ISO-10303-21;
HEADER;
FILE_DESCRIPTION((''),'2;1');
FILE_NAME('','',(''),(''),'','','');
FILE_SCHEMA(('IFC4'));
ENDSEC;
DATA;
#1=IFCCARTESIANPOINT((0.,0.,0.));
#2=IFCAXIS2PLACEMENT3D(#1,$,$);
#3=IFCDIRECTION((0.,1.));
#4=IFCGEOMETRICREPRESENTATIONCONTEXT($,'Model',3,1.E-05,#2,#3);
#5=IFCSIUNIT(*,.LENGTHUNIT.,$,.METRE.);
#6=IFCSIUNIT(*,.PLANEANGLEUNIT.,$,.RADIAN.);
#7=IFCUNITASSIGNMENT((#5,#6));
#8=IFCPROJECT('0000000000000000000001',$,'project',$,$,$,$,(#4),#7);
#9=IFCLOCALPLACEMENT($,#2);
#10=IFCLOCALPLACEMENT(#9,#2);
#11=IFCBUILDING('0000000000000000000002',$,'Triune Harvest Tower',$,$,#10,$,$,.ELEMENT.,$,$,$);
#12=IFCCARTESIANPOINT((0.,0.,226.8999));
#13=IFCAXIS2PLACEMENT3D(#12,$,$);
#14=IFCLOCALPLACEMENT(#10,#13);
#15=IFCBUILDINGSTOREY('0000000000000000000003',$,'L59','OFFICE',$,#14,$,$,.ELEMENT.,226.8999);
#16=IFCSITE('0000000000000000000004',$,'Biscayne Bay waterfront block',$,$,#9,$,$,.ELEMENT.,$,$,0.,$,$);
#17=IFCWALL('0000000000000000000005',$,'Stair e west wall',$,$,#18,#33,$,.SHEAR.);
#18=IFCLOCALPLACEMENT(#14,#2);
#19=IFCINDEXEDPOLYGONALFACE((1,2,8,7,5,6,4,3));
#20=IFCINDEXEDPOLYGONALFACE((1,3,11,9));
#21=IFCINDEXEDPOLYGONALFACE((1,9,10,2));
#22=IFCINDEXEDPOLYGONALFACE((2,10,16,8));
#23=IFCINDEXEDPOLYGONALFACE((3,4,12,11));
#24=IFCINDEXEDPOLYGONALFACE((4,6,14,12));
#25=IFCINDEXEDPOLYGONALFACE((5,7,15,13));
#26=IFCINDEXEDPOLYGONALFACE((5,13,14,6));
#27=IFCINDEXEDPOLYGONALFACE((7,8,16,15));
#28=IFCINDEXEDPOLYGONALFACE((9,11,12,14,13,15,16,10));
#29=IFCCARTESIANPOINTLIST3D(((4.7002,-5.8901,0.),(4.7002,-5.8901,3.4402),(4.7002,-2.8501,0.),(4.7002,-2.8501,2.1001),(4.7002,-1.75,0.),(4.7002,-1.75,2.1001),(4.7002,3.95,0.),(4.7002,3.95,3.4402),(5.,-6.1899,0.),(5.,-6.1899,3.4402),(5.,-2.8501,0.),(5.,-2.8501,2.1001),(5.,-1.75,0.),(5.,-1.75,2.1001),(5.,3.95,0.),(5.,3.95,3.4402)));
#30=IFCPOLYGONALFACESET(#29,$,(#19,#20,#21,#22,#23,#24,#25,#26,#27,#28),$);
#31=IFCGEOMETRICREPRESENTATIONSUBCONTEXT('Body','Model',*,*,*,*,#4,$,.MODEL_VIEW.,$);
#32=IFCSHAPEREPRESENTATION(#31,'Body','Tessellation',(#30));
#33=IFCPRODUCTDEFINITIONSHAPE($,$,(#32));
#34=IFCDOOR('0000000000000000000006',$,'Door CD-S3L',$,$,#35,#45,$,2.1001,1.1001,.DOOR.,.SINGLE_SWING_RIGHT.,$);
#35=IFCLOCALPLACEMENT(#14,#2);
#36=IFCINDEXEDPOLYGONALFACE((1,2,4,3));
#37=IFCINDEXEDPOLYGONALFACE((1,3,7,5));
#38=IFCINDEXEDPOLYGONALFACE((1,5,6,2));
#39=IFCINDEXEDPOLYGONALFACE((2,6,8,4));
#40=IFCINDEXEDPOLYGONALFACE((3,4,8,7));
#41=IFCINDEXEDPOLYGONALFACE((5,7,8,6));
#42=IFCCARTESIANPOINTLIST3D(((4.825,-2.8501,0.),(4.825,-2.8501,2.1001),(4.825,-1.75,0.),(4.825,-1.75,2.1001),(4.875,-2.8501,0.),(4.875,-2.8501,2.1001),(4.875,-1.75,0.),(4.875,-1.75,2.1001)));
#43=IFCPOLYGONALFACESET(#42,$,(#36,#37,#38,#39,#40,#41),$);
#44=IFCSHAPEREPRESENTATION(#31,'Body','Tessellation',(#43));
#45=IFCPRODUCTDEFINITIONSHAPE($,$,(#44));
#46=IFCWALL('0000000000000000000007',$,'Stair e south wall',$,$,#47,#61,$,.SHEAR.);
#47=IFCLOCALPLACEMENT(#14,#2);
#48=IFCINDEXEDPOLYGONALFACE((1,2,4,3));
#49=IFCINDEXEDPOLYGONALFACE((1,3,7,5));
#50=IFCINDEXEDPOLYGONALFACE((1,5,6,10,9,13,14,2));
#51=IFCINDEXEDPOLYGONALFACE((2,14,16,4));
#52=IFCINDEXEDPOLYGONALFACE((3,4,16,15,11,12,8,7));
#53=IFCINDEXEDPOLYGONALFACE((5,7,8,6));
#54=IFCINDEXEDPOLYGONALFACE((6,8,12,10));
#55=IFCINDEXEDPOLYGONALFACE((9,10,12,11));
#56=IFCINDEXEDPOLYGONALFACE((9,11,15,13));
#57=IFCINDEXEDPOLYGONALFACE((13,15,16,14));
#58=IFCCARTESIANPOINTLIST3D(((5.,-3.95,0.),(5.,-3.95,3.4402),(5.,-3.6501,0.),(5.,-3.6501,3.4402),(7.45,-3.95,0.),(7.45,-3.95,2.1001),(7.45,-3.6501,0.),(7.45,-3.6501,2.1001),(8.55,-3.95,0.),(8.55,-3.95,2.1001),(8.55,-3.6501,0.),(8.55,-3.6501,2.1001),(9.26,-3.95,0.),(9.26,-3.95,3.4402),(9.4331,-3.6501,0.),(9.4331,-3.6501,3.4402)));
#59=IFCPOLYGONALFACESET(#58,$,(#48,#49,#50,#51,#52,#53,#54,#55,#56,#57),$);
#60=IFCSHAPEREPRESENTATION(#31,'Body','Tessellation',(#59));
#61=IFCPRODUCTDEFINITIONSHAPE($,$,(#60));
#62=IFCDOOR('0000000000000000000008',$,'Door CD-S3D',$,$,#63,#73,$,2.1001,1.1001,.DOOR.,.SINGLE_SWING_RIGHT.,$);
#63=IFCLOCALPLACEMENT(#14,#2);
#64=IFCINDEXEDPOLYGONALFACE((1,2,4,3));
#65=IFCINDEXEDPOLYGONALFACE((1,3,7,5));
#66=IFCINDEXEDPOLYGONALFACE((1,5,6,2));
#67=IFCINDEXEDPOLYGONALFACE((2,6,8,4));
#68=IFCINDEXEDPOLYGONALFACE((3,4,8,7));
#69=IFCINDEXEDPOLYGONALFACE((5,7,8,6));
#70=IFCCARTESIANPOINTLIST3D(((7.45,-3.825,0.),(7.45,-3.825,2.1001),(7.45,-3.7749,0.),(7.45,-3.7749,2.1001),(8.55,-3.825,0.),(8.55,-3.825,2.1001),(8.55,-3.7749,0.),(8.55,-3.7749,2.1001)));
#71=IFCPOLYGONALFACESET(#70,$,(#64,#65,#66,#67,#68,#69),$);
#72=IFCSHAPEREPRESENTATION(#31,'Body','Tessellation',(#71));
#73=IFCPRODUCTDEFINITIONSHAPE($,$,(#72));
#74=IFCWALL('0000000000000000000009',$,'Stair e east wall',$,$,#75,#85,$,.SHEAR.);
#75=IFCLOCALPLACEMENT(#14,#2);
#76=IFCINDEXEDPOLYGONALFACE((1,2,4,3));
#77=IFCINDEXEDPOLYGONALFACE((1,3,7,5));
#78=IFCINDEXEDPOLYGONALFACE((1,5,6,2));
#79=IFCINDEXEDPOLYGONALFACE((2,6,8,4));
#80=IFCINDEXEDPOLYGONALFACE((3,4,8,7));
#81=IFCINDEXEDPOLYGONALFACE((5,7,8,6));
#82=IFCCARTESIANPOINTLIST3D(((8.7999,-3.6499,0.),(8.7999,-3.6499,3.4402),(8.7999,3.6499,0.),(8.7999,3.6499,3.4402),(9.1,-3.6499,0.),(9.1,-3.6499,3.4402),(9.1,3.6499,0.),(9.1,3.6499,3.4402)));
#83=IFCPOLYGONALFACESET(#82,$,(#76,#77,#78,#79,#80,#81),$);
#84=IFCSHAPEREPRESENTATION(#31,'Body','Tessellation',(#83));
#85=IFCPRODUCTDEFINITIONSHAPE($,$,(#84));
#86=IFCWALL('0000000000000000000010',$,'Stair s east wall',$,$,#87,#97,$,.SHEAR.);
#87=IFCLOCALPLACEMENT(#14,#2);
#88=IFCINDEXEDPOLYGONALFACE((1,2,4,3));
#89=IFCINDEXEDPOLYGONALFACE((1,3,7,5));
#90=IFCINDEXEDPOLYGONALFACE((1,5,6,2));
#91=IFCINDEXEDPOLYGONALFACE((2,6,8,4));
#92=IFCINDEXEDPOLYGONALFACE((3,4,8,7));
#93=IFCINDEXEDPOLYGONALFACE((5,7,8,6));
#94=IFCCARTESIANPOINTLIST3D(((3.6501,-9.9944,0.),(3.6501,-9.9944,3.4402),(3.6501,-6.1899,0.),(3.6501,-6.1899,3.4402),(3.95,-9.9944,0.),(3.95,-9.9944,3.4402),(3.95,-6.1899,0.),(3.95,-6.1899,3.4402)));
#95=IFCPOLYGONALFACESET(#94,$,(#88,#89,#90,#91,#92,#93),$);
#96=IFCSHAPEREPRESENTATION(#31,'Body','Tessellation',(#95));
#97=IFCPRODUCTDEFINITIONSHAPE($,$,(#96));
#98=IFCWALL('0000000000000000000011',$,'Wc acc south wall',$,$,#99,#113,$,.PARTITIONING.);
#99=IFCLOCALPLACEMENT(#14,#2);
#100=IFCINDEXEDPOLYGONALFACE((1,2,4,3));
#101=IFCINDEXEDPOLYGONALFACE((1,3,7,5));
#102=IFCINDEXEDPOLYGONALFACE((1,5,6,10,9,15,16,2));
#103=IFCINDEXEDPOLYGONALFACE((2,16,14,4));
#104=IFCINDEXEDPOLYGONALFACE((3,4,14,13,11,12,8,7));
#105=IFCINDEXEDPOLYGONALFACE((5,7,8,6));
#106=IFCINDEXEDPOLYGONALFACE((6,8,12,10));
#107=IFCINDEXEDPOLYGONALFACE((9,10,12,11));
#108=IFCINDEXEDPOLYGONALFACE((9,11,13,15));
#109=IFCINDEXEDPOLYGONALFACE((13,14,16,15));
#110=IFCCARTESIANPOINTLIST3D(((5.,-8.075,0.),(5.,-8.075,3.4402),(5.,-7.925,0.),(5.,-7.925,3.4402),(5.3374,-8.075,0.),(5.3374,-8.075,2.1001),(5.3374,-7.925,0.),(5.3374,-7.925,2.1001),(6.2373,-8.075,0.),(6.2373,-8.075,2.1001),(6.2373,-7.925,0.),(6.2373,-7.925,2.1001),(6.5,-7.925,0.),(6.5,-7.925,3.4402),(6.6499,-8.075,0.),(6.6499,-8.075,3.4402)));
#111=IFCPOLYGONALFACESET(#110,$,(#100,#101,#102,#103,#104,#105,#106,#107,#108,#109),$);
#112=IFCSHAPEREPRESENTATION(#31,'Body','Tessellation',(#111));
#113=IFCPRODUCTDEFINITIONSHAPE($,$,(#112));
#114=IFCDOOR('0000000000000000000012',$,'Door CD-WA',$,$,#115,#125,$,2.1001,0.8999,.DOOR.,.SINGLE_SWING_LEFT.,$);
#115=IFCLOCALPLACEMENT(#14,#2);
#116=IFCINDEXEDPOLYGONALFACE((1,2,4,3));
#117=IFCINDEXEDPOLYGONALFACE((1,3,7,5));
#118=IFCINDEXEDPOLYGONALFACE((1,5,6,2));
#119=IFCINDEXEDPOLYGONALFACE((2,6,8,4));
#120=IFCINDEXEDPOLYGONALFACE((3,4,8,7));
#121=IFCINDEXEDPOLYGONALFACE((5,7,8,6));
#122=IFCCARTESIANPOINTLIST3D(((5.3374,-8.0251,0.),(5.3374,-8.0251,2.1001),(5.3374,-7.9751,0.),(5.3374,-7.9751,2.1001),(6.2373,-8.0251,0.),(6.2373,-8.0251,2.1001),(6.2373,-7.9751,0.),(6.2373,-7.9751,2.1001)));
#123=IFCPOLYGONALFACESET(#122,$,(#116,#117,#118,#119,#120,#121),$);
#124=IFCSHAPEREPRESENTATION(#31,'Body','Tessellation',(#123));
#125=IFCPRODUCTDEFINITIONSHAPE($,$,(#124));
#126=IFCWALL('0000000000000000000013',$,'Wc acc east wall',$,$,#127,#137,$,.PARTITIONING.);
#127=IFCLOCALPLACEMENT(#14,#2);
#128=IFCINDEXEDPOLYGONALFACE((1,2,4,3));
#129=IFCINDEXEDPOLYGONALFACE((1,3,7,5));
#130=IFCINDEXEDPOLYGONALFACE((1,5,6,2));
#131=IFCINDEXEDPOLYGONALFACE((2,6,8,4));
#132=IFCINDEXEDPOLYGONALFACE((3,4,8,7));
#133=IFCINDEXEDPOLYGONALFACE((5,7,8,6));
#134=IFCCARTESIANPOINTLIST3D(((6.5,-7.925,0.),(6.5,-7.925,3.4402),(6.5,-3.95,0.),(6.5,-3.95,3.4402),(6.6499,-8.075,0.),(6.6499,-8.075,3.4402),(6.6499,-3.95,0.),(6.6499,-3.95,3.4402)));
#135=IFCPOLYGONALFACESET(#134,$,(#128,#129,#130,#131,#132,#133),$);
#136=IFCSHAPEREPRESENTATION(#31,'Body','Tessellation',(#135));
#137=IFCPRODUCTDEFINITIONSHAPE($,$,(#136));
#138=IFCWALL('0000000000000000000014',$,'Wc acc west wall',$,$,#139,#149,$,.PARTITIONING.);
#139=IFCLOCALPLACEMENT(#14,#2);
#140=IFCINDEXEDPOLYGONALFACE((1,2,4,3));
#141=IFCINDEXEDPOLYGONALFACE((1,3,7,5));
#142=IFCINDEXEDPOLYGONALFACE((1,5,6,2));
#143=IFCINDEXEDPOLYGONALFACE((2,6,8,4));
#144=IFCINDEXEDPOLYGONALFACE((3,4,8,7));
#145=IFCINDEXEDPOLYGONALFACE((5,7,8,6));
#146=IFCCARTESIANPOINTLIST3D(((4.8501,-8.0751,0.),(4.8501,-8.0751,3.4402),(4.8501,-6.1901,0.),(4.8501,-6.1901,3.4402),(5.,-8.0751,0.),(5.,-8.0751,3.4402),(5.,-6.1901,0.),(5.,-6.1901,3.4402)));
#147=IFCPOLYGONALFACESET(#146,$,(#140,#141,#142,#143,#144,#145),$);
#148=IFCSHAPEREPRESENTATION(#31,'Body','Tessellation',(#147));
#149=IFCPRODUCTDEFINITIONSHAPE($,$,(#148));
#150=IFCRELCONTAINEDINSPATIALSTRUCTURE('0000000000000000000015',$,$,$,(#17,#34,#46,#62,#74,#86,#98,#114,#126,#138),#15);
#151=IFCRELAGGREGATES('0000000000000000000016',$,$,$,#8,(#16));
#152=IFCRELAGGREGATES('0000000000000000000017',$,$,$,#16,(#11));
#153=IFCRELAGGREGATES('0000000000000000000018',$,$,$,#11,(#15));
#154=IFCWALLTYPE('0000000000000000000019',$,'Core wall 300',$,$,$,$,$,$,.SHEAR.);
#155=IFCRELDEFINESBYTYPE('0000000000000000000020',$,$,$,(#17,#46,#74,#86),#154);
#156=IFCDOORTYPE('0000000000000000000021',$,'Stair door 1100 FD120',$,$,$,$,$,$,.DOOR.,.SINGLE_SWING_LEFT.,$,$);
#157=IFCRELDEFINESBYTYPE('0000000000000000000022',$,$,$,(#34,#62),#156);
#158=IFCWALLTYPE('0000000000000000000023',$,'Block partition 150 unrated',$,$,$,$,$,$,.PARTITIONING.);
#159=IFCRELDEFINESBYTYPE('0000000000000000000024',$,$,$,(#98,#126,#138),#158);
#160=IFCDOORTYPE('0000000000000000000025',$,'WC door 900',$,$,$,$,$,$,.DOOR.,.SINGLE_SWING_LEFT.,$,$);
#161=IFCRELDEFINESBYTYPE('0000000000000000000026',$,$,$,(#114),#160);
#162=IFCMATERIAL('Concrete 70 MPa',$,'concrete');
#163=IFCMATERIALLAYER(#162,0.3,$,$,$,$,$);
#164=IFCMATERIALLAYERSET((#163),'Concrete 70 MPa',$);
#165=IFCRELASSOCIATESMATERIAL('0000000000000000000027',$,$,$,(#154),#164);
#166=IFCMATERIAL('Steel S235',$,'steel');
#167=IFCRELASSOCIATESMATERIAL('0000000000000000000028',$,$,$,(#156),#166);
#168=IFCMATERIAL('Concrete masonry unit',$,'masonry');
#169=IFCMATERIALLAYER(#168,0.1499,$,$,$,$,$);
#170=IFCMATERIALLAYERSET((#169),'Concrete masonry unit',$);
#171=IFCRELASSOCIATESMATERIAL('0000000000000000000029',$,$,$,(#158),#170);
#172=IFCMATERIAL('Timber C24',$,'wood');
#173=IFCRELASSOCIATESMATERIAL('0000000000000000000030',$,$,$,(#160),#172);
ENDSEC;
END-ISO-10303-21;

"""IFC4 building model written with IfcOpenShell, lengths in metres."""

from ifc_helpers import new_model, si_unit, direction, frame, frame_2d, origin, place, context, subcontext, project, spatial, polyline, rectangle, outline, extrude, source, transform, mapped, material, layer, layer_set, type_object, element, fill, save


model = new_model("IFC4")

# Units and contexts
model_context = context("Model", 3, precision=1e-05, world=origin(), true_north=direction((0.0, 1.0)))
body_context = subcontext(model_context, "Body", "Model", "MODEL_VIEW")
ifc_project = project(units=[si_unit("LENGTHUNIT", "METRE"), si_unit("PLANEANGLEUNIT", "RADIAN")], contexts=[model_context])

# Site, building, storey
site_placement = place(None, origin())
site = spatial("IfcSite", under=ifc_project, at=site_placement, Name="Biscayne Bay waterfront block", CompositionType="ELEMENT", RefElevation=0.0)
building_placement = place(site_placement, origin())
building = spatial("IfcBuilding", under=site, at=building_placement, Name="Triune Harvest Tower", CompositionType="ELEMENT")
storey_placement = place(building_placement, frame((0.0, 0.0, 226.8999)))
storey = spatial("IfcBuildingStorey", under=building, at=storey_placement, Name="L59", Description="OFFICE", CompositionType="ELEMENT", Elevation=226.8999)

# Shared definitions
ifc_material_1 = material(Name="Concrete 70 MPa", Category="concrete")
ifc_layer_1 = layer(ifc_material_1, 0.3)
ifc_layer_set_1 = layer_set([ifc_layer_1], Name="Concrete 70 MPa")
wall_type_1 = type_object("IfcWallType", Name="Core wall 300", PredefinedType="SHEAR", material=ifc_layer_set_1)

# Walls, openings, doors
shared_shape_1 = source(origin(), body_context, "Body", "SweptSolid", [
    extrude(outline(polyline([(-0.1499, -0.1499), (9.99, -0.1499), (9.99, 0.1499), (0.1499, 0.1499), (-0.1499, -0.1499)])), origin(), (0.0, 0.0, 1.0), 3.4402),
])
wall_1_placement = place(storey_placement, frame((4.8501, -6.04, 0.0), z_axis=(0.0, 0.0, 1.0), x_axis=(0.0, 1.0, 0.0)))
wall_1 = element("IfcWall", 1, at=wall_1_placement, inside=storey, type_object=wall_type_1, Name="Stair e west wall", PredefinedType="SHEAR", context=body_context, shape_type="MappedRepresentation", body=[
    mapped(shared_shape_1, transform((0.0, 0.0, 0.0), scale=1.0)),
])
opening_1_placement = place(wall_1_placement, frame((3.1899, 0.0, 0.0)))
opening_1 = element("IfcOpeningElement", 2, at=opening_1_placement, cuts=wall_1, PredefinedType="OPENING", context=body_context, shape_type="SweptSolid", body=[
    extrude(rectangle(XDim=1.1001, YDim=2.1001, at=frame_2d((0.55, 1.05))), frame((0.0, 0.1602, 0.0), z_axis=(0.0, -1.0, 0.0), x_axis=(1.0, 0.0, 0.0)), (0.0, 0.0, 1.0), 0.3201),
])
ifc_material_2 = material(Name="Steel S235", Category="steel")
door_type_1 = type_object("IfcDoorType", Name="Stair door 1100 FD120", OperationType="SINGLE_SWING_LEFT", PredefinedType="DOOR", material=ifc_material_2)
door_1_placement = place(opening_1_placement, frame((1.1001, 0.0, 0.0), z_axis=(0.0, 0.0, 1.0), x_axis=(-1.0, 0.0, 0.0)))
door_1 = element("IfcDoor", 3, at=door_1_placement, inside=storey, type_object=door_type_1, Name="Door CD-S3L", OperationType="SINGLE_SWING_RIGHT", OverallHeight=2.1001, OverallWidth=1.1001, PredefinedType="DOOR", context=body_context, shape_type="SweptSolid", body=[
    extrude(rectangle(XDim=1.1001, YDim=2.1001, at=frame_2d((0.55, 1.05))), frame((0.0, 0.0249, 0.0), z_axis=(0.0, -1.0, 0.0), x_axis=(1.0, 0.0, 0.0)), (0.0, 0.0, 1.0), 0.05),
])
fill(opening_1, door_1)
shared_shape_2 = source(origin(), body_context, "Body", "SweptSolid", [
    extrude(outline(polyline([(0.0, -0.1499), (0.0, 0.1499), (4.4331, 0.1499), (4.26, -0.1499), (0.0, -0.1499)])), origin(), (0.0, 0.0, 1.0), 3.4402),
])
wall_2_placement = place(storey_placement, frame((5.0, -3.8, 0.0), z_axis=(0.0, 0.0, 1.0), x_axis=(1.0, 0.0, 0.0)))
wall_2 = element("IfcWall", 4, at=wall_2_placement, inside=storey, type_object=wall_type_1, Name="Stair e south wall", PredefinedType="SHEAR", context=body_context, shape_type="MappedRepresentation", body=[
    mapped(shared_shape_2, transform((0.0, 0.0, 0.0), scale=1.0)),
])
opening_2_placement = place(wall_2_placement, frame((2.45, 0.0, 0.0)))
opening_2 = element("IfcOpeningElement", 5, at=opening_2_placement, cuts=wall_2, PredefinedType="OPENING", context=body_context, shape_type="SweptSolid", body=[
    extrude(rectangle(XDim=1.1001, YDim=2.1001, at=frame_2d((0.55, 1.05))), frame((0.0, 0.1602, 0.0), z_axis=(0.0, -1.0, 0.0), x_axis=(1.0, 0.0, 0.0)), (0.0, 0.0, 1.0), 0.3201),
])
door_2_placement = place(opening_2_placement, frame((1.1001, 0.0, 0.0), z_axis=(0.0, 0.0, 1.0), x_axis=(-1.0, 0.0, 0.0)))
door_2 = element("IfcDoor", 6, at=door_2_placement, inside=storey, type_object=door_type_1, Name="Door CD-S3D", OperationType="SINGLE_SWING_RIGHT", OverallHeight=2.1001, OverallWidth=1.1001, PredefinedType="DOOR", context=body_context, shape_type="SweptSolid", body=[
    extrude(rectangle(XDim=1.1001, YDim=2.1001, at=frame_2d((0.55, 1.05))), frame((0.0, 0.0249, 0.0), z_axis=(0.0, -1.0, 0.0), x_axis=(1.0, 0.0, 0.0)), (0.0, 0.0, 1.0), 0.05),
])
fill(opening_2, door_2)

# Walls
shared_shape_3 = source(origin(), body_context, "Body", "SweptSolid", [
    extrude(rectangle(XDim=7.2998, YDim=0.3, at=frame_2d((3.6499, 0.0))), origin(), (0.0, 0.0, 1.0), 3.4402),
])
wall_3_placement = place(storey_placement, frame((8.95, -3.6499, 0.0), z_axis=(0.0, 0.0, 1.0), x_axis=(0.0, 1.0, 0.0)))
element("IfcWall", 7, at=wall_3_placement, inside=storey, type_object=wall_type_1, Name="Stair e east wall", PredefinedType="SHEAR", context=body_context, shape_type="MappedRepresentation", body=[
    mapped(shared_shape_3, transform((0.0, 0.0, 0.0), scale=1.0)),
])
shared_shape_4 = source(origin(), body_context, "Body", "SweptSolid", [
    extrude(outline(polyline([(3.8, -0.1499), (-0.0044, -0.1499), (-0.0044, 0.1499), (3.8, 0.1499), (3.8, -0.1499)])), origin(), (0.0, 0.0, 1.0), 3.4402),
])
wall_4_placement = place(storey_placement, frame((3.8, -9.99, 0.0), z_axis=(0.0, 0.0, 1.0), x_axis=(0.0, 1.0, 0.0)))
element("IfcWall", 8, at=wall_4_placement, inside=storey, type_object=wall_type_1, Name="Stair s east wall", PredefinedType="SHEAR", context=body_context, shape_type="MappedRepresentation", body=[
    mapped(shared_shape_4, transform((0.0, 0.0, 0.0), scale=1.0)),
])

# Wall, opening, door
ifc_material_3 = material(Name="Concrete masonry unit", Category="masonry")
ifc_layer_2 = layer(ifc_material_3, 0.1499)
ifc_layer_set_2 = layer_set([ifc_layer_2], Name="Concrete masonry unit")
wall_type_2 = type_object("IfcWallType", Name="Block partition 150 unrated", PredefinedType="PARTITIONING", material=ifc_layer_set_2)
shared_shape_5 = source(origin(), body_context, "Body", "SweptSolid", [
    extrude(outline(polyline([(0.0, -0.075), (1.6499, -0.075), (1.5, 0.075), (0.0, 0.075), (0.0, -0.075)])), origin(), (0.0, 0.0, 1.0), 3.4402),
])
wall_5_placement = place(storey_placement, frame((5.0, -8.0, 0.0), z_axis=(0.0, 0.0, 1.0), x_axis=(1.0, 0.0, 0.0)))
wall_5 = element("IfcWall", 9, at=wall_5_placement, inside=storey, type_object=wall_type_2, Name="Wc acc south wall", PredefinedType="PARTITIONING", context=body_context, shape_type="MappedRepresentation", body=[
    mapped(shared_shape_5, transform((0.0, 0.0, 0.0), scale=1.0)),
])
opening_3_placement = place(wall_5_placement, frame((0.3374, 0.0, 0.0)))
opening_3 = element("IfcOpeningElement", 10, at=opening_3_placement, cuts=wall_5, PredefinedType="OPENING", context=body_context, shape_type="SweptSolid", body=[
    extrude(rectangle(XDim=0.8999, YDim=2.1001, at=frame_2d((0.45, 1.05))), frame((0.0, 0.085, 0.0), z_axis=(0.0, -1.0, 0.0), x_axis=(1.0, 0.0, 0.0)), (0.0, 0.0, 1.0), 0.1699),
])
ifc_material_4 = material(Name="Timber C24", Category="wood")
door_type_2 = type_object("IfcDoorType", Name="WC door 900", OperationType="SINGLE_SWING_LEFT", PredefinedType="DOOR", material=ifc_material_4)
door_3_placement = place(opening_3_placement, origin())
door_3 = element("IfcDoor", 11, at=door_3_placement, inside=storey, type_object=door_type_2, Name="Door CD-WA", OperationType="SINGLE_SWING_LEFT", OverallHeight=2.1001, OverallWidth=0.8999, PredefinedType="DOOR", context=body_context, shape_type="SweptSolid", body=[
    extrude(rectangle(XDim=0.8999, YDim=2.1001, at=frame_2d((0.45, 1.05))), frame((0.0, 0.0249, 0.0), z_axis=(0.0, -1.0, 0.0), x_axis=(1.0, 0.0, 0.0)), (0.0, 0.0, 1.0), 0.05),
])
fill(opening_3, door_3)

# Walls
shared_shape_6 = source(origin(), body_context, "Body", "SweptSolid", [
    extrude(outline(polyline([(-0.075, -0.075), (4.05, -0.075), (4.05, 0.075), (0.075, 0.075), (-0.075, -0.075)])), origin(), (0.0, 0.0, 1.0), 3.4402),
])
wall_6_placement = place(storey_placement, frame((6.575, -8.0, 0.0), z_axis=(0.0, 0.0, 1.0), x_axis=(0.0, 1.0, 0.0)))
element("IfcWall", 12, at=wall_6_placement, inside=storey, type_object=wall_type_2, Name="Wc acc east wall", PredefinedType="PARTITIONING", context=body_context, shape_type="MappedRepresentation", body=[
    mapped(shared_shape_6, transform((0.0, 0.0, 0.0), scale=1.0)),
])
shared_shape_7 = source(origin(), body_context, "Body", "SweptSolid", [
    extrude(rectangle(XDim=1.885, YDim=0.1499, at=frame_2d((0.9424, 0.0))), origin(), (0.0, 0.0, 1.0), 3.4402),
])
wall_7_placement = place(storey_placement, frame((4.925, -8.075, 0.0), z_axis=(0.0, 0.0, 1.0), x_axis=(0.0, 1.0, 0.0)))
element("IfcWall", 13, at=wall_7_placement, inside=storey, type_object=wall_type_2, Name="Wc acc west wall", PredefinedType="PARTITIONING", context=body_context, shape_type="MappedRepresentation", body=[
    mapped(shared_shape_7, transform((0.0, 0.0, 0.0), scale=1.0)),
])

save(model, "model.ifc")
